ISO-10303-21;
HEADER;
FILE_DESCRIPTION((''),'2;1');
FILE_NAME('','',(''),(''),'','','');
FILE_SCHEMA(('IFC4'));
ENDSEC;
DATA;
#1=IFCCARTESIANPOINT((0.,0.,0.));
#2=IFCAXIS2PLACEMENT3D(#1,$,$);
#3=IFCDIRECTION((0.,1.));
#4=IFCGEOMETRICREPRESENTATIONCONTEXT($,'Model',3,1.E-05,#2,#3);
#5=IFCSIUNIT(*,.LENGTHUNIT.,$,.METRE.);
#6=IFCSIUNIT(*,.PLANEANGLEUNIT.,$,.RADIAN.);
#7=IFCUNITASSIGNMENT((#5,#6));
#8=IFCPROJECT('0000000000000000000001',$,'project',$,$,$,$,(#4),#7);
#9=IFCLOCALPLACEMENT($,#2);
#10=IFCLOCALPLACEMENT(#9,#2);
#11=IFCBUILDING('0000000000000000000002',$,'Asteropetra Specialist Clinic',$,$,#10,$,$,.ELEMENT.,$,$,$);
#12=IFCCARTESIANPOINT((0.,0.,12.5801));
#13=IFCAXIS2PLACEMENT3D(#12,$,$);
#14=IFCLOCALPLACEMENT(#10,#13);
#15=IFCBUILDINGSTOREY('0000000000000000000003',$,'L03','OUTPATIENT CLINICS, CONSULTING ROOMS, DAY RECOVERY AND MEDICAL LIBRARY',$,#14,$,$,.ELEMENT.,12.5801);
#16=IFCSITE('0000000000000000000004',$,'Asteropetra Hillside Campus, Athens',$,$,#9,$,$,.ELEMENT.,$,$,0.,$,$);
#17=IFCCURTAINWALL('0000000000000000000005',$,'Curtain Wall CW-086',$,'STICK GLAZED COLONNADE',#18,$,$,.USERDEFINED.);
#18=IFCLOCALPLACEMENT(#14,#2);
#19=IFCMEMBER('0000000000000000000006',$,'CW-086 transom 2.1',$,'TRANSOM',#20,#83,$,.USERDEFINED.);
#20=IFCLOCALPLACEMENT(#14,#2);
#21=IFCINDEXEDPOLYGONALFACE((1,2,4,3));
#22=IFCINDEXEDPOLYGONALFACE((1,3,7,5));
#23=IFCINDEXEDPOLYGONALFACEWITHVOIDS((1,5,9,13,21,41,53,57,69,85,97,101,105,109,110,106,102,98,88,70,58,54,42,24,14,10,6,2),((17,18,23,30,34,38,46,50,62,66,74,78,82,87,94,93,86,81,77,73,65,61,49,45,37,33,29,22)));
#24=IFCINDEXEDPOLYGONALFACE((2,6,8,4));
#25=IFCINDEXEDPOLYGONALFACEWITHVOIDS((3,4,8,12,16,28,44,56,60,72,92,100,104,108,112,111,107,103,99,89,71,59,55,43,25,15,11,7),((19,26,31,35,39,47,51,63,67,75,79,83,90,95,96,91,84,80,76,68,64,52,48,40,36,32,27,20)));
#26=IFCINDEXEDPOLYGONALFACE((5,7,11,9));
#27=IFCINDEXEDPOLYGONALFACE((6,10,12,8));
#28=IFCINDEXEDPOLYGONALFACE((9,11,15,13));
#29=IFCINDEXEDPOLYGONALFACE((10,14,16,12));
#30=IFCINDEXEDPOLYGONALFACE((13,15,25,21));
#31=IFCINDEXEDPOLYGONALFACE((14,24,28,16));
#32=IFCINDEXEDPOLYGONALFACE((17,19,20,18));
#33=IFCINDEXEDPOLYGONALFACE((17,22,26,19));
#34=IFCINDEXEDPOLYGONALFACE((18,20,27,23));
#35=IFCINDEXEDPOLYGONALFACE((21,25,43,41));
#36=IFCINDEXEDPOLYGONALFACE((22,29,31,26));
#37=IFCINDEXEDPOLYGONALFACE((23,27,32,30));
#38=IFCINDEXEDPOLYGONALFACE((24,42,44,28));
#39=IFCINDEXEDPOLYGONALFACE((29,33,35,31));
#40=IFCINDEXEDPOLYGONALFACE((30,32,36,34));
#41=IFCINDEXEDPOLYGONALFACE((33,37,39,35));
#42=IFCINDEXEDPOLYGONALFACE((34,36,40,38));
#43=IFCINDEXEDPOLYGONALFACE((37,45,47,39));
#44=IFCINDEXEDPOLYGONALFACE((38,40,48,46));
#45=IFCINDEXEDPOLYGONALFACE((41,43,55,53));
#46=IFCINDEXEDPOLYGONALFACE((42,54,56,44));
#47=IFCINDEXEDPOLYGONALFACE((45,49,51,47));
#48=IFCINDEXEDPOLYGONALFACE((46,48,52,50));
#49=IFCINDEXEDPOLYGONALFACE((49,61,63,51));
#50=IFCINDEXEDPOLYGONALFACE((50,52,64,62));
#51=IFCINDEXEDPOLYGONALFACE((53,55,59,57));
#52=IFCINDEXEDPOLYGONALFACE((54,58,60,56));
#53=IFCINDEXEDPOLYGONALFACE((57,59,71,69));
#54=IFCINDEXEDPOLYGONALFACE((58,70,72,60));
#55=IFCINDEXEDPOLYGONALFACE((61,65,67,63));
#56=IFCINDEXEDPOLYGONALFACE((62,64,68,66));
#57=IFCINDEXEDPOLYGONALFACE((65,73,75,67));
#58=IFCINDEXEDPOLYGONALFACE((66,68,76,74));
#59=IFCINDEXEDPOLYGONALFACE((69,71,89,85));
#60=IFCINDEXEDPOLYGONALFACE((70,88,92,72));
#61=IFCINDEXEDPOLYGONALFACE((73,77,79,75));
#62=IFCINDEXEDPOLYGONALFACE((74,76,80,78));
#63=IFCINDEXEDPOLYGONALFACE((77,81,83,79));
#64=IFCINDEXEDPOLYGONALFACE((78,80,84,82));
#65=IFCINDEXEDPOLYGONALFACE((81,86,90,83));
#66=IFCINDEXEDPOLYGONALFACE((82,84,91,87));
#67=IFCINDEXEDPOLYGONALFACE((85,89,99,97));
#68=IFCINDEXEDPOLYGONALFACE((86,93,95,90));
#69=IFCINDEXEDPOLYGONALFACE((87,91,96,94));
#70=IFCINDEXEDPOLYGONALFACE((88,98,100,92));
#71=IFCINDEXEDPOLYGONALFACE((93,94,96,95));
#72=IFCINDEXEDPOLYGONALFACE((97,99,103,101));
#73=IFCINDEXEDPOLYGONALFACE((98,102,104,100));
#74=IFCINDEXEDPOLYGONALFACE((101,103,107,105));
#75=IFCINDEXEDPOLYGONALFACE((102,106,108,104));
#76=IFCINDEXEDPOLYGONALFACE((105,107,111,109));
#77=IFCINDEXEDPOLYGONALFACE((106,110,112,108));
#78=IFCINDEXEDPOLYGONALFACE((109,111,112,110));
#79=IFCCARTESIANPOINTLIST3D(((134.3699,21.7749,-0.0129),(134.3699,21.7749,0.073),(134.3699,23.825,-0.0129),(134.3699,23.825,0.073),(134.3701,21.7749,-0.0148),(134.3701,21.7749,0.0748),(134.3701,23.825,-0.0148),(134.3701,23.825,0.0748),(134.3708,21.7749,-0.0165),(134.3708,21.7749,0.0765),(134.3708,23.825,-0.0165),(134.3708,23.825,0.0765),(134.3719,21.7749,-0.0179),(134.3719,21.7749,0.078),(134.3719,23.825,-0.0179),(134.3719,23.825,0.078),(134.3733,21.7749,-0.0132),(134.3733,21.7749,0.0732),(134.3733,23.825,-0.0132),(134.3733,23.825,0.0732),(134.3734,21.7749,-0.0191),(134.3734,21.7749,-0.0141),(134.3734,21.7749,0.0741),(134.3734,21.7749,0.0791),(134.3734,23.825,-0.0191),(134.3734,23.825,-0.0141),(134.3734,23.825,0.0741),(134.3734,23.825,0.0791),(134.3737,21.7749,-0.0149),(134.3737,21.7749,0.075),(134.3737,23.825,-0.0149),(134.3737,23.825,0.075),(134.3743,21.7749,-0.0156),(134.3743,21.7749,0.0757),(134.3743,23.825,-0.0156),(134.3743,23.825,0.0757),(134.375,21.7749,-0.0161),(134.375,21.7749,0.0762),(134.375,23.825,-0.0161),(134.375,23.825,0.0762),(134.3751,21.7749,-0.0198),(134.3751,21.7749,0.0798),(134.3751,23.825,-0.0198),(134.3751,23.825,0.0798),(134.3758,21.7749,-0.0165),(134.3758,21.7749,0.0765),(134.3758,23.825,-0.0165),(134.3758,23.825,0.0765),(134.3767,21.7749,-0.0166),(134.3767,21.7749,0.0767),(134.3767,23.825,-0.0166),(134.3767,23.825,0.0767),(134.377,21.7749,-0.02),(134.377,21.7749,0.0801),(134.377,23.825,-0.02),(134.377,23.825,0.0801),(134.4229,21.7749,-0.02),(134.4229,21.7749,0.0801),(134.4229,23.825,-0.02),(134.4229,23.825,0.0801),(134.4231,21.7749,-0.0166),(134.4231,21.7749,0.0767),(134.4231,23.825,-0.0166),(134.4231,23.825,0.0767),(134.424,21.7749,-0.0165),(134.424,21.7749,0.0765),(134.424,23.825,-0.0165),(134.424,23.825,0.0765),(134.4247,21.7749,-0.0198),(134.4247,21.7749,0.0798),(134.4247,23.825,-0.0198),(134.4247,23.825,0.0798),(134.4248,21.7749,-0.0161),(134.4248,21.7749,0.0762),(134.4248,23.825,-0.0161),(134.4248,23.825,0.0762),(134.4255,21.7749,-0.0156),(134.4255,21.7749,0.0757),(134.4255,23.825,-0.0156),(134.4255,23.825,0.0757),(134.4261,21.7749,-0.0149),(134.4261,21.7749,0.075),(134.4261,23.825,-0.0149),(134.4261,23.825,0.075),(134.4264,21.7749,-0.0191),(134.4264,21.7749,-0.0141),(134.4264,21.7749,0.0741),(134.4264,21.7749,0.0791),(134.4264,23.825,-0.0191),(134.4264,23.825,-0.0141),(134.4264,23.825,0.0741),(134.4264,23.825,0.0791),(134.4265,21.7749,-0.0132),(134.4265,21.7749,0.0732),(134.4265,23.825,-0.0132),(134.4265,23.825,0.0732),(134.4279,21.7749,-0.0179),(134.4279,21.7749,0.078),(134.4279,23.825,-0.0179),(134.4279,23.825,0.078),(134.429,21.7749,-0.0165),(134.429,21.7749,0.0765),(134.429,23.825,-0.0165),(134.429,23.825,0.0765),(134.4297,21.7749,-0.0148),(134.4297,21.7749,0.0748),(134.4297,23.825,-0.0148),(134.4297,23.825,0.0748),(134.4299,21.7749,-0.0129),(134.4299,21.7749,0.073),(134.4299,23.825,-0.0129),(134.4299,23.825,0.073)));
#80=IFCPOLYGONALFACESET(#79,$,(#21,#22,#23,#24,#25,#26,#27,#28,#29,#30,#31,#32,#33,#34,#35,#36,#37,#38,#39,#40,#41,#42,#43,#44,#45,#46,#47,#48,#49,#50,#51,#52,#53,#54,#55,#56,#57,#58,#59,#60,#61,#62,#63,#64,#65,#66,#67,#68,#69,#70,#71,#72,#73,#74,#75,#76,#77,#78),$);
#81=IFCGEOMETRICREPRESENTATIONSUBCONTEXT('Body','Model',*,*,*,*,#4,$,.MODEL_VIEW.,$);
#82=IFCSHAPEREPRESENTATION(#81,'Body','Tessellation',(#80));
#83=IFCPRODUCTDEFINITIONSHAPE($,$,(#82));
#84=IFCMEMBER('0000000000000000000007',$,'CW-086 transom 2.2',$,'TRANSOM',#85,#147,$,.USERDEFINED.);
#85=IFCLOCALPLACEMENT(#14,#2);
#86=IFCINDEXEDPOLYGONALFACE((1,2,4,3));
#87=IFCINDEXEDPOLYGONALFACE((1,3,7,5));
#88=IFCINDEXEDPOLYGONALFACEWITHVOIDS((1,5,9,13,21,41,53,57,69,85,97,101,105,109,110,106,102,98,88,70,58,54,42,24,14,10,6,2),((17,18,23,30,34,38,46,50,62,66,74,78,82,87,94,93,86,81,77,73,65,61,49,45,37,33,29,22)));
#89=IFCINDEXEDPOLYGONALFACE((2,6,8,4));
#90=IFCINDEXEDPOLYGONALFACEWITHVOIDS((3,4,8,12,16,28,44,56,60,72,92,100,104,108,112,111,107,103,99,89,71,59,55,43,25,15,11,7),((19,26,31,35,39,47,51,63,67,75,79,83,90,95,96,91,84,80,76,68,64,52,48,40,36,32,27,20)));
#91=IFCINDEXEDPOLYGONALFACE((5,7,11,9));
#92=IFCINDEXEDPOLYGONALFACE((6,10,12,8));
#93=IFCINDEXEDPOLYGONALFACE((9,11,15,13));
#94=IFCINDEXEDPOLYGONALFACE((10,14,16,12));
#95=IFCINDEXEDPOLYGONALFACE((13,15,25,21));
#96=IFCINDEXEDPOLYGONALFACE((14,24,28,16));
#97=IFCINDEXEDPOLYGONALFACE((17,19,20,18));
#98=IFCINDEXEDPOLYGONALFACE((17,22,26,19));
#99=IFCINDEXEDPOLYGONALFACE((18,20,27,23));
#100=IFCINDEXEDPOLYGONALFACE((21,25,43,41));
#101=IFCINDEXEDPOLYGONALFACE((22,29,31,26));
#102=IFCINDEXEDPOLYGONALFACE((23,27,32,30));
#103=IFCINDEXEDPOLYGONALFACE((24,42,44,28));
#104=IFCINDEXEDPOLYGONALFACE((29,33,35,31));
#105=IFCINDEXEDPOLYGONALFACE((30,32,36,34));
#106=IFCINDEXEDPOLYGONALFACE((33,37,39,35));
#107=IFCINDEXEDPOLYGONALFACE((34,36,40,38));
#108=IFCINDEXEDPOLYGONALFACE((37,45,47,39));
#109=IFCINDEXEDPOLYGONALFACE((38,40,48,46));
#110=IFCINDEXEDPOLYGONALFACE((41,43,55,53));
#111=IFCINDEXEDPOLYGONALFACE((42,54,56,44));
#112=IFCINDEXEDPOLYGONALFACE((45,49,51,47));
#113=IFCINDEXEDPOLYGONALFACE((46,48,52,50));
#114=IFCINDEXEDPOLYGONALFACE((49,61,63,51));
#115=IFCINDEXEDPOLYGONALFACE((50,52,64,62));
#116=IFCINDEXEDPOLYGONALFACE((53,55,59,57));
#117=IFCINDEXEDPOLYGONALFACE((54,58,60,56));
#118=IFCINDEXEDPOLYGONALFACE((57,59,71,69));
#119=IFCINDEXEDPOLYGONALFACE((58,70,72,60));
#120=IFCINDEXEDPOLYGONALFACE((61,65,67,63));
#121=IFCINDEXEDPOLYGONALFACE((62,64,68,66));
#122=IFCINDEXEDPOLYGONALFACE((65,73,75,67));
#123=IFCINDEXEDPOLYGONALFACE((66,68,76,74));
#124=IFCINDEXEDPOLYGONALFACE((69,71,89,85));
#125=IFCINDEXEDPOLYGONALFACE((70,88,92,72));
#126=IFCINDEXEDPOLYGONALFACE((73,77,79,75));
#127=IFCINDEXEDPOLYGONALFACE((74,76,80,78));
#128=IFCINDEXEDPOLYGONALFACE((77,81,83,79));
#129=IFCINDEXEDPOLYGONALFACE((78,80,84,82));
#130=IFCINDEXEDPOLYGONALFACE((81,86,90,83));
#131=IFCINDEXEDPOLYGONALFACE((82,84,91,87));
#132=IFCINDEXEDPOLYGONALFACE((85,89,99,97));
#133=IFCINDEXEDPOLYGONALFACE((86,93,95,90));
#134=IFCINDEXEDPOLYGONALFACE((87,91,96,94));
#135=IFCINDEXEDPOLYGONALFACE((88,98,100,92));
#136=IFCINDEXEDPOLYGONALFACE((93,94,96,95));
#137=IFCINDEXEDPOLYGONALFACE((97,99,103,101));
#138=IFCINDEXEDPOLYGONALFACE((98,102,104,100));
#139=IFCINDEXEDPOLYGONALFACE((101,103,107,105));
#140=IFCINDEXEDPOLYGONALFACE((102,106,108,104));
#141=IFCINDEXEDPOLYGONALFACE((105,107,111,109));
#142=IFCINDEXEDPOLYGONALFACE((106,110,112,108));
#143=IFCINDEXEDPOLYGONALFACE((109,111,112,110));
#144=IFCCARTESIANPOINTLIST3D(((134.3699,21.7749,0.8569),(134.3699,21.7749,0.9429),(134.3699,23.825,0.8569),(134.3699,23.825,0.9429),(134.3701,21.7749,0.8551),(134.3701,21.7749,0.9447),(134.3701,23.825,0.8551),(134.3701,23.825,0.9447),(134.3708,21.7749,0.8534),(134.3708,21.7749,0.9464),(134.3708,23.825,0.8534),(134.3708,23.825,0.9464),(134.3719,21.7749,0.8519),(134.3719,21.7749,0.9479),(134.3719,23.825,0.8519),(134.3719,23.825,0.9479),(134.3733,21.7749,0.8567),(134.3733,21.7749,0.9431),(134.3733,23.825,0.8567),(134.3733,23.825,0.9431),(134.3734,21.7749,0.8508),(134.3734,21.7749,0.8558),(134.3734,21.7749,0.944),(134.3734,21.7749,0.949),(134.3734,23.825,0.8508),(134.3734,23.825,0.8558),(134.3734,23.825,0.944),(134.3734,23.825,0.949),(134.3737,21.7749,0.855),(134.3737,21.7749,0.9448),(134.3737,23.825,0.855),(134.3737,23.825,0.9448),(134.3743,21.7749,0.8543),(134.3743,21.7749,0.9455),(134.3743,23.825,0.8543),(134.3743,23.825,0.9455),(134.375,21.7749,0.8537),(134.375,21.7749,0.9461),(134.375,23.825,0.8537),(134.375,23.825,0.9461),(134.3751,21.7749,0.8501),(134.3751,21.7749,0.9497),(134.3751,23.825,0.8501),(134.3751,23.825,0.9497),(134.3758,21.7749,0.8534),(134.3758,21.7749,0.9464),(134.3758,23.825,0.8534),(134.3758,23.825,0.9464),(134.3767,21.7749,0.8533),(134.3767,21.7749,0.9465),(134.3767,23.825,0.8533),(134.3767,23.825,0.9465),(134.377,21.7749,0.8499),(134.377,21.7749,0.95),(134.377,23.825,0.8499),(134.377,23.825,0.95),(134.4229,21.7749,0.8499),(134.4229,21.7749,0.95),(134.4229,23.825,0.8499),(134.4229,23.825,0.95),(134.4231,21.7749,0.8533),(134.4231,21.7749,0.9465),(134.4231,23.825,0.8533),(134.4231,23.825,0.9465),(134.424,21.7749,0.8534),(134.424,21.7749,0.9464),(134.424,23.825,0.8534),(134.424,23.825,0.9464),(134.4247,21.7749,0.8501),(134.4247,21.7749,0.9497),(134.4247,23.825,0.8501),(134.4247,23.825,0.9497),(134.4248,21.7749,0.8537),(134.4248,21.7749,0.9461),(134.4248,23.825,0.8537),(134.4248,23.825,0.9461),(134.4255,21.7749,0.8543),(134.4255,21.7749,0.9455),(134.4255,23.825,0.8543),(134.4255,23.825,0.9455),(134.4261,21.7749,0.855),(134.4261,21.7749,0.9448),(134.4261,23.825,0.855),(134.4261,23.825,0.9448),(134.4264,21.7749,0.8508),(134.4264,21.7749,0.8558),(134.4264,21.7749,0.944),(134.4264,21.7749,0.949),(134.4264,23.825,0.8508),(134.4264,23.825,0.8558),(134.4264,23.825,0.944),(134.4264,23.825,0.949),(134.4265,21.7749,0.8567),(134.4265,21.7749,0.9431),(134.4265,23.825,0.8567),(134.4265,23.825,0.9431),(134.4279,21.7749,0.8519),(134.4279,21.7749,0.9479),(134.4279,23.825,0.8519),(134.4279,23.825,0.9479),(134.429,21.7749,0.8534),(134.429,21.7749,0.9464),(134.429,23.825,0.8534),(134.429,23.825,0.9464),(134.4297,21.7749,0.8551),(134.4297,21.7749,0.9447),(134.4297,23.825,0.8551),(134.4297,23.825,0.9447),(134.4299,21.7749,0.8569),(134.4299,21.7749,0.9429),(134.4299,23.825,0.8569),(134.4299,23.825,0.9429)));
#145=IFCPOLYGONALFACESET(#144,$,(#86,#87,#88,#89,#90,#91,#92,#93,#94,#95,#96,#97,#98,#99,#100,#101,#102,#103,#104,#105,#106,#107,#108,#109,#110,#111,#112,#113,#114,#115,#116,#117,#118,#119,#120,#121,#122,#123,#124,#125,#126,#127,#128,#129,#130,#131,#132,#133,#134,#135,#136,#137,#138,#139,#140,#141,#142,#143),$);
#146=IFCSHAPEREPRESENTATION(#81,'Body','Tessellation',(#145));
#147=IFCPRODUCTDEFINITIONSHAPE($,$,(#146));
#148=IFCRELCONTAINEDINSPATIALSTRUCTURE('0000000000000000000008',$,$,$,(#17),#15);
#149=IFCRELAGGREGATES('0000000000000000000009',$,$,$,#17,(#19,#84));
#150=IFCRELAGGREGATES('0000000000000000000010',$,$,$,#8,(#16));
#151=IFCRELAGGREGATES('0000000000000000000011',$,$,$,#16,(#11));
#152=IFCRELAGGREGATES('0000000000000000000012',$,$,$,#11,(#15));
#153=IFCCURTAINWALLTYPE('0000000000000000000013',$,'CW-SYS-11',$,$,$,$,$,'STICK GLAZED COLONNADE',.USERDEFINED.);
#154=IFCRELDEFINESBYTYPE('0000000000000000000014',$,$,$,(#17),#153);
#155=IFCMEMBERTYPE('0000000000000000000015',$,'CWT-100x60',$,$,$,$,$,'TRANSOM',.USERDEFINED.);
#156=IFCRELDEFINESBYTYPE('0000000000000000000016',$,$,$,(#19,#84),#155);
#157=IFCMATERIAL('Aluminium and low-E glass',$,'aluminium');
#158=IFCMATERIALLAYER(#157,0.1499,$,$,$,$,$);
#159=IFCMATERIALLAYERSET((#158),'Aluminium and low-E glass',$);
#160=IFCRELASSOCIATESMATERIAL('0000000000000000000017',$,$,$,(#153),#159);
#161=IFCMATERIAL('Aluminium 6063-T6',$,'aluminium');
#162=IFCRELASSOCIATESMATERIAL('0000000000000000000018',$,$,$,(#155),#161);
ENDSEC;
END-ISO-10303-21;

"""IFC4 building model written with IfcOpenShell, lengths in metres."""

from ifc_helpers import new_model, si_unit, direction, frame, origin, origin_2d, place, context, subcontext, project, spatial, hollow_rectangle, extrude, material, layer, layer_set, material_profile, profile_set, type_object, element, aggregate, save


model = new_model("IFC4")

# Units and contexts
model_context = context("Model", 3, precision=1e-05, world=origin(), true_north=direction((0.0, 1.0)))
body_context = subcontext(model_context, "Body", "Model", "MODEL_VIEW")
ifc_project = project(units=[si_unit("LENGTHUNIT", "METRE"), si_unit("PLANEANGLEUNIT", "RADIAN")], contexts=[model_context])

# Site, building, storey
site_placement = place(None, origin())
site = spatial("IfcSite", under=ifc_project, at=site_placement, Name="Asteropetra Hillside Campus, Athens", CompositionType="ELEMENT", RefElevation=0.0)
building_placement = place(site_placement, origin())
building = spatial("IfcBuilding", under=site, at=building_placement, Name="Asteropetra Specialist Clinic", CompositionType="ELEMENT")
storey_placement = place(building_placement, frame((0.0, 0.0, 12.5801)))
storey = spatial("IfcBuildingStorey", under=building, at=storey_placement, Name="L03", Description="OUTPATIENT CLINICS, CONSULTING ROOMS, DAY RECOVERY AND MEDICAL LIBRARY", CompositionType="ELEMENT", Elevation=12.5801)

# Curtain wall, members
ifc_material_1 = material(Name="Aluminium and low-E glass", Category="aluminium")
ifc_layer_1 = layer(ifc_material_1, 0.1499)
ifc_layer_set_1 = layer_set([ifc_layer_1], Name="Aluminium and low-E glass")
curtain_wall_type_1 = type_object("IfcCurtainWallType", Name="CW-SYS-11", ElementType="STICK GLAZED COLONNADE", PredefinedType="USERDEFINED", material=ifc_layer_set_1)
curtain_wall_1_placement = place(storey_placement, origin())
curtain_wall_1 = element("IfcCurtainWall", 1, at=curtain_wall_1_placement, inside=storey, type_object=curtain_wall_type_1, Name="Curtain Wall CW-086", ObjectType="STICK GLAZED COLONNADE", PredefinedType="USERDEFINED")
ifc_material_2 = material(Name="Aluminium 6063-T6", Category="aluminium")
ifc_material_profile_1 = material_profile(ifc_material_2, hollow_rectangle(XDim=0.0601, YDim=0.1001, WallThickness=0.0034, InnerFilletRadius=0.0034, OuterFilletRadius=0.0071, at=origin_2d()), Name="TRN 100x60x3.5")
ifc_profile_set_1 = profile_set([ifc_material_profile_1], Name="Aluminium 6063-T6")
member_type_1 = type_object("IfcMemberType", Name="CWT-100x60", ElementType="TRANSOM", PredefinedType="USERDEFINED", material=ifc_profile_set_1)
member_1_placement = place(storey_placement, frame((134.3999, 21.7749, 0.03), z_axis=(0.0, 1.0, 0.0), x_axis=(-1.0, 0.0, 0.0)))
member_1 = element("IfcMember", 2, at=member_1_placement, type_object=member_type_1, Name="CW-086 transom 2.1", ObjectType="TRANSOM", PredefinedType="USERDEFINED", context=body_context, shape_type="SweptSolid", body=[
    extrude(hollow_rectangle(XDim=0.0601, YDim=0.1001, WallThickness=0.0034, InnerFilletRadius=0.0034, OuterFilletRadius=0.0071, at=origin_2d()), origin(), (0.0, 0.0, 1.0), 2.05),
])
member_2_placement = place(storey_placement, frame((134.3999, 21.7749, 0.8999), z_axis=(0.0, 1.0, 0.0), x_axis=(-1.0, 0.0, 0.0)))
member_2 = element("IfcMember", 3, at=member_2_placement, type_object=member_type_1, Name="CW-086 transom 2.2", ObjectType="TRANSOM", PredefinedType="USERDEFINED", context=body_context, shape_type="SweptSolid", body=[
    extrude(hollow_rectangle(XDim=0.0601, YDim=0.1001, WallThickness=0.0034, InnerFilletRadius=0.0034, OuterFilletRadius=0.0071, at=origin_2d()), origin(), (0.0, 0.0, 1.0), 2.05),
])

aggregate(curtain_wall_1, [member_1, member_2])

save(model, "model.ifc")
